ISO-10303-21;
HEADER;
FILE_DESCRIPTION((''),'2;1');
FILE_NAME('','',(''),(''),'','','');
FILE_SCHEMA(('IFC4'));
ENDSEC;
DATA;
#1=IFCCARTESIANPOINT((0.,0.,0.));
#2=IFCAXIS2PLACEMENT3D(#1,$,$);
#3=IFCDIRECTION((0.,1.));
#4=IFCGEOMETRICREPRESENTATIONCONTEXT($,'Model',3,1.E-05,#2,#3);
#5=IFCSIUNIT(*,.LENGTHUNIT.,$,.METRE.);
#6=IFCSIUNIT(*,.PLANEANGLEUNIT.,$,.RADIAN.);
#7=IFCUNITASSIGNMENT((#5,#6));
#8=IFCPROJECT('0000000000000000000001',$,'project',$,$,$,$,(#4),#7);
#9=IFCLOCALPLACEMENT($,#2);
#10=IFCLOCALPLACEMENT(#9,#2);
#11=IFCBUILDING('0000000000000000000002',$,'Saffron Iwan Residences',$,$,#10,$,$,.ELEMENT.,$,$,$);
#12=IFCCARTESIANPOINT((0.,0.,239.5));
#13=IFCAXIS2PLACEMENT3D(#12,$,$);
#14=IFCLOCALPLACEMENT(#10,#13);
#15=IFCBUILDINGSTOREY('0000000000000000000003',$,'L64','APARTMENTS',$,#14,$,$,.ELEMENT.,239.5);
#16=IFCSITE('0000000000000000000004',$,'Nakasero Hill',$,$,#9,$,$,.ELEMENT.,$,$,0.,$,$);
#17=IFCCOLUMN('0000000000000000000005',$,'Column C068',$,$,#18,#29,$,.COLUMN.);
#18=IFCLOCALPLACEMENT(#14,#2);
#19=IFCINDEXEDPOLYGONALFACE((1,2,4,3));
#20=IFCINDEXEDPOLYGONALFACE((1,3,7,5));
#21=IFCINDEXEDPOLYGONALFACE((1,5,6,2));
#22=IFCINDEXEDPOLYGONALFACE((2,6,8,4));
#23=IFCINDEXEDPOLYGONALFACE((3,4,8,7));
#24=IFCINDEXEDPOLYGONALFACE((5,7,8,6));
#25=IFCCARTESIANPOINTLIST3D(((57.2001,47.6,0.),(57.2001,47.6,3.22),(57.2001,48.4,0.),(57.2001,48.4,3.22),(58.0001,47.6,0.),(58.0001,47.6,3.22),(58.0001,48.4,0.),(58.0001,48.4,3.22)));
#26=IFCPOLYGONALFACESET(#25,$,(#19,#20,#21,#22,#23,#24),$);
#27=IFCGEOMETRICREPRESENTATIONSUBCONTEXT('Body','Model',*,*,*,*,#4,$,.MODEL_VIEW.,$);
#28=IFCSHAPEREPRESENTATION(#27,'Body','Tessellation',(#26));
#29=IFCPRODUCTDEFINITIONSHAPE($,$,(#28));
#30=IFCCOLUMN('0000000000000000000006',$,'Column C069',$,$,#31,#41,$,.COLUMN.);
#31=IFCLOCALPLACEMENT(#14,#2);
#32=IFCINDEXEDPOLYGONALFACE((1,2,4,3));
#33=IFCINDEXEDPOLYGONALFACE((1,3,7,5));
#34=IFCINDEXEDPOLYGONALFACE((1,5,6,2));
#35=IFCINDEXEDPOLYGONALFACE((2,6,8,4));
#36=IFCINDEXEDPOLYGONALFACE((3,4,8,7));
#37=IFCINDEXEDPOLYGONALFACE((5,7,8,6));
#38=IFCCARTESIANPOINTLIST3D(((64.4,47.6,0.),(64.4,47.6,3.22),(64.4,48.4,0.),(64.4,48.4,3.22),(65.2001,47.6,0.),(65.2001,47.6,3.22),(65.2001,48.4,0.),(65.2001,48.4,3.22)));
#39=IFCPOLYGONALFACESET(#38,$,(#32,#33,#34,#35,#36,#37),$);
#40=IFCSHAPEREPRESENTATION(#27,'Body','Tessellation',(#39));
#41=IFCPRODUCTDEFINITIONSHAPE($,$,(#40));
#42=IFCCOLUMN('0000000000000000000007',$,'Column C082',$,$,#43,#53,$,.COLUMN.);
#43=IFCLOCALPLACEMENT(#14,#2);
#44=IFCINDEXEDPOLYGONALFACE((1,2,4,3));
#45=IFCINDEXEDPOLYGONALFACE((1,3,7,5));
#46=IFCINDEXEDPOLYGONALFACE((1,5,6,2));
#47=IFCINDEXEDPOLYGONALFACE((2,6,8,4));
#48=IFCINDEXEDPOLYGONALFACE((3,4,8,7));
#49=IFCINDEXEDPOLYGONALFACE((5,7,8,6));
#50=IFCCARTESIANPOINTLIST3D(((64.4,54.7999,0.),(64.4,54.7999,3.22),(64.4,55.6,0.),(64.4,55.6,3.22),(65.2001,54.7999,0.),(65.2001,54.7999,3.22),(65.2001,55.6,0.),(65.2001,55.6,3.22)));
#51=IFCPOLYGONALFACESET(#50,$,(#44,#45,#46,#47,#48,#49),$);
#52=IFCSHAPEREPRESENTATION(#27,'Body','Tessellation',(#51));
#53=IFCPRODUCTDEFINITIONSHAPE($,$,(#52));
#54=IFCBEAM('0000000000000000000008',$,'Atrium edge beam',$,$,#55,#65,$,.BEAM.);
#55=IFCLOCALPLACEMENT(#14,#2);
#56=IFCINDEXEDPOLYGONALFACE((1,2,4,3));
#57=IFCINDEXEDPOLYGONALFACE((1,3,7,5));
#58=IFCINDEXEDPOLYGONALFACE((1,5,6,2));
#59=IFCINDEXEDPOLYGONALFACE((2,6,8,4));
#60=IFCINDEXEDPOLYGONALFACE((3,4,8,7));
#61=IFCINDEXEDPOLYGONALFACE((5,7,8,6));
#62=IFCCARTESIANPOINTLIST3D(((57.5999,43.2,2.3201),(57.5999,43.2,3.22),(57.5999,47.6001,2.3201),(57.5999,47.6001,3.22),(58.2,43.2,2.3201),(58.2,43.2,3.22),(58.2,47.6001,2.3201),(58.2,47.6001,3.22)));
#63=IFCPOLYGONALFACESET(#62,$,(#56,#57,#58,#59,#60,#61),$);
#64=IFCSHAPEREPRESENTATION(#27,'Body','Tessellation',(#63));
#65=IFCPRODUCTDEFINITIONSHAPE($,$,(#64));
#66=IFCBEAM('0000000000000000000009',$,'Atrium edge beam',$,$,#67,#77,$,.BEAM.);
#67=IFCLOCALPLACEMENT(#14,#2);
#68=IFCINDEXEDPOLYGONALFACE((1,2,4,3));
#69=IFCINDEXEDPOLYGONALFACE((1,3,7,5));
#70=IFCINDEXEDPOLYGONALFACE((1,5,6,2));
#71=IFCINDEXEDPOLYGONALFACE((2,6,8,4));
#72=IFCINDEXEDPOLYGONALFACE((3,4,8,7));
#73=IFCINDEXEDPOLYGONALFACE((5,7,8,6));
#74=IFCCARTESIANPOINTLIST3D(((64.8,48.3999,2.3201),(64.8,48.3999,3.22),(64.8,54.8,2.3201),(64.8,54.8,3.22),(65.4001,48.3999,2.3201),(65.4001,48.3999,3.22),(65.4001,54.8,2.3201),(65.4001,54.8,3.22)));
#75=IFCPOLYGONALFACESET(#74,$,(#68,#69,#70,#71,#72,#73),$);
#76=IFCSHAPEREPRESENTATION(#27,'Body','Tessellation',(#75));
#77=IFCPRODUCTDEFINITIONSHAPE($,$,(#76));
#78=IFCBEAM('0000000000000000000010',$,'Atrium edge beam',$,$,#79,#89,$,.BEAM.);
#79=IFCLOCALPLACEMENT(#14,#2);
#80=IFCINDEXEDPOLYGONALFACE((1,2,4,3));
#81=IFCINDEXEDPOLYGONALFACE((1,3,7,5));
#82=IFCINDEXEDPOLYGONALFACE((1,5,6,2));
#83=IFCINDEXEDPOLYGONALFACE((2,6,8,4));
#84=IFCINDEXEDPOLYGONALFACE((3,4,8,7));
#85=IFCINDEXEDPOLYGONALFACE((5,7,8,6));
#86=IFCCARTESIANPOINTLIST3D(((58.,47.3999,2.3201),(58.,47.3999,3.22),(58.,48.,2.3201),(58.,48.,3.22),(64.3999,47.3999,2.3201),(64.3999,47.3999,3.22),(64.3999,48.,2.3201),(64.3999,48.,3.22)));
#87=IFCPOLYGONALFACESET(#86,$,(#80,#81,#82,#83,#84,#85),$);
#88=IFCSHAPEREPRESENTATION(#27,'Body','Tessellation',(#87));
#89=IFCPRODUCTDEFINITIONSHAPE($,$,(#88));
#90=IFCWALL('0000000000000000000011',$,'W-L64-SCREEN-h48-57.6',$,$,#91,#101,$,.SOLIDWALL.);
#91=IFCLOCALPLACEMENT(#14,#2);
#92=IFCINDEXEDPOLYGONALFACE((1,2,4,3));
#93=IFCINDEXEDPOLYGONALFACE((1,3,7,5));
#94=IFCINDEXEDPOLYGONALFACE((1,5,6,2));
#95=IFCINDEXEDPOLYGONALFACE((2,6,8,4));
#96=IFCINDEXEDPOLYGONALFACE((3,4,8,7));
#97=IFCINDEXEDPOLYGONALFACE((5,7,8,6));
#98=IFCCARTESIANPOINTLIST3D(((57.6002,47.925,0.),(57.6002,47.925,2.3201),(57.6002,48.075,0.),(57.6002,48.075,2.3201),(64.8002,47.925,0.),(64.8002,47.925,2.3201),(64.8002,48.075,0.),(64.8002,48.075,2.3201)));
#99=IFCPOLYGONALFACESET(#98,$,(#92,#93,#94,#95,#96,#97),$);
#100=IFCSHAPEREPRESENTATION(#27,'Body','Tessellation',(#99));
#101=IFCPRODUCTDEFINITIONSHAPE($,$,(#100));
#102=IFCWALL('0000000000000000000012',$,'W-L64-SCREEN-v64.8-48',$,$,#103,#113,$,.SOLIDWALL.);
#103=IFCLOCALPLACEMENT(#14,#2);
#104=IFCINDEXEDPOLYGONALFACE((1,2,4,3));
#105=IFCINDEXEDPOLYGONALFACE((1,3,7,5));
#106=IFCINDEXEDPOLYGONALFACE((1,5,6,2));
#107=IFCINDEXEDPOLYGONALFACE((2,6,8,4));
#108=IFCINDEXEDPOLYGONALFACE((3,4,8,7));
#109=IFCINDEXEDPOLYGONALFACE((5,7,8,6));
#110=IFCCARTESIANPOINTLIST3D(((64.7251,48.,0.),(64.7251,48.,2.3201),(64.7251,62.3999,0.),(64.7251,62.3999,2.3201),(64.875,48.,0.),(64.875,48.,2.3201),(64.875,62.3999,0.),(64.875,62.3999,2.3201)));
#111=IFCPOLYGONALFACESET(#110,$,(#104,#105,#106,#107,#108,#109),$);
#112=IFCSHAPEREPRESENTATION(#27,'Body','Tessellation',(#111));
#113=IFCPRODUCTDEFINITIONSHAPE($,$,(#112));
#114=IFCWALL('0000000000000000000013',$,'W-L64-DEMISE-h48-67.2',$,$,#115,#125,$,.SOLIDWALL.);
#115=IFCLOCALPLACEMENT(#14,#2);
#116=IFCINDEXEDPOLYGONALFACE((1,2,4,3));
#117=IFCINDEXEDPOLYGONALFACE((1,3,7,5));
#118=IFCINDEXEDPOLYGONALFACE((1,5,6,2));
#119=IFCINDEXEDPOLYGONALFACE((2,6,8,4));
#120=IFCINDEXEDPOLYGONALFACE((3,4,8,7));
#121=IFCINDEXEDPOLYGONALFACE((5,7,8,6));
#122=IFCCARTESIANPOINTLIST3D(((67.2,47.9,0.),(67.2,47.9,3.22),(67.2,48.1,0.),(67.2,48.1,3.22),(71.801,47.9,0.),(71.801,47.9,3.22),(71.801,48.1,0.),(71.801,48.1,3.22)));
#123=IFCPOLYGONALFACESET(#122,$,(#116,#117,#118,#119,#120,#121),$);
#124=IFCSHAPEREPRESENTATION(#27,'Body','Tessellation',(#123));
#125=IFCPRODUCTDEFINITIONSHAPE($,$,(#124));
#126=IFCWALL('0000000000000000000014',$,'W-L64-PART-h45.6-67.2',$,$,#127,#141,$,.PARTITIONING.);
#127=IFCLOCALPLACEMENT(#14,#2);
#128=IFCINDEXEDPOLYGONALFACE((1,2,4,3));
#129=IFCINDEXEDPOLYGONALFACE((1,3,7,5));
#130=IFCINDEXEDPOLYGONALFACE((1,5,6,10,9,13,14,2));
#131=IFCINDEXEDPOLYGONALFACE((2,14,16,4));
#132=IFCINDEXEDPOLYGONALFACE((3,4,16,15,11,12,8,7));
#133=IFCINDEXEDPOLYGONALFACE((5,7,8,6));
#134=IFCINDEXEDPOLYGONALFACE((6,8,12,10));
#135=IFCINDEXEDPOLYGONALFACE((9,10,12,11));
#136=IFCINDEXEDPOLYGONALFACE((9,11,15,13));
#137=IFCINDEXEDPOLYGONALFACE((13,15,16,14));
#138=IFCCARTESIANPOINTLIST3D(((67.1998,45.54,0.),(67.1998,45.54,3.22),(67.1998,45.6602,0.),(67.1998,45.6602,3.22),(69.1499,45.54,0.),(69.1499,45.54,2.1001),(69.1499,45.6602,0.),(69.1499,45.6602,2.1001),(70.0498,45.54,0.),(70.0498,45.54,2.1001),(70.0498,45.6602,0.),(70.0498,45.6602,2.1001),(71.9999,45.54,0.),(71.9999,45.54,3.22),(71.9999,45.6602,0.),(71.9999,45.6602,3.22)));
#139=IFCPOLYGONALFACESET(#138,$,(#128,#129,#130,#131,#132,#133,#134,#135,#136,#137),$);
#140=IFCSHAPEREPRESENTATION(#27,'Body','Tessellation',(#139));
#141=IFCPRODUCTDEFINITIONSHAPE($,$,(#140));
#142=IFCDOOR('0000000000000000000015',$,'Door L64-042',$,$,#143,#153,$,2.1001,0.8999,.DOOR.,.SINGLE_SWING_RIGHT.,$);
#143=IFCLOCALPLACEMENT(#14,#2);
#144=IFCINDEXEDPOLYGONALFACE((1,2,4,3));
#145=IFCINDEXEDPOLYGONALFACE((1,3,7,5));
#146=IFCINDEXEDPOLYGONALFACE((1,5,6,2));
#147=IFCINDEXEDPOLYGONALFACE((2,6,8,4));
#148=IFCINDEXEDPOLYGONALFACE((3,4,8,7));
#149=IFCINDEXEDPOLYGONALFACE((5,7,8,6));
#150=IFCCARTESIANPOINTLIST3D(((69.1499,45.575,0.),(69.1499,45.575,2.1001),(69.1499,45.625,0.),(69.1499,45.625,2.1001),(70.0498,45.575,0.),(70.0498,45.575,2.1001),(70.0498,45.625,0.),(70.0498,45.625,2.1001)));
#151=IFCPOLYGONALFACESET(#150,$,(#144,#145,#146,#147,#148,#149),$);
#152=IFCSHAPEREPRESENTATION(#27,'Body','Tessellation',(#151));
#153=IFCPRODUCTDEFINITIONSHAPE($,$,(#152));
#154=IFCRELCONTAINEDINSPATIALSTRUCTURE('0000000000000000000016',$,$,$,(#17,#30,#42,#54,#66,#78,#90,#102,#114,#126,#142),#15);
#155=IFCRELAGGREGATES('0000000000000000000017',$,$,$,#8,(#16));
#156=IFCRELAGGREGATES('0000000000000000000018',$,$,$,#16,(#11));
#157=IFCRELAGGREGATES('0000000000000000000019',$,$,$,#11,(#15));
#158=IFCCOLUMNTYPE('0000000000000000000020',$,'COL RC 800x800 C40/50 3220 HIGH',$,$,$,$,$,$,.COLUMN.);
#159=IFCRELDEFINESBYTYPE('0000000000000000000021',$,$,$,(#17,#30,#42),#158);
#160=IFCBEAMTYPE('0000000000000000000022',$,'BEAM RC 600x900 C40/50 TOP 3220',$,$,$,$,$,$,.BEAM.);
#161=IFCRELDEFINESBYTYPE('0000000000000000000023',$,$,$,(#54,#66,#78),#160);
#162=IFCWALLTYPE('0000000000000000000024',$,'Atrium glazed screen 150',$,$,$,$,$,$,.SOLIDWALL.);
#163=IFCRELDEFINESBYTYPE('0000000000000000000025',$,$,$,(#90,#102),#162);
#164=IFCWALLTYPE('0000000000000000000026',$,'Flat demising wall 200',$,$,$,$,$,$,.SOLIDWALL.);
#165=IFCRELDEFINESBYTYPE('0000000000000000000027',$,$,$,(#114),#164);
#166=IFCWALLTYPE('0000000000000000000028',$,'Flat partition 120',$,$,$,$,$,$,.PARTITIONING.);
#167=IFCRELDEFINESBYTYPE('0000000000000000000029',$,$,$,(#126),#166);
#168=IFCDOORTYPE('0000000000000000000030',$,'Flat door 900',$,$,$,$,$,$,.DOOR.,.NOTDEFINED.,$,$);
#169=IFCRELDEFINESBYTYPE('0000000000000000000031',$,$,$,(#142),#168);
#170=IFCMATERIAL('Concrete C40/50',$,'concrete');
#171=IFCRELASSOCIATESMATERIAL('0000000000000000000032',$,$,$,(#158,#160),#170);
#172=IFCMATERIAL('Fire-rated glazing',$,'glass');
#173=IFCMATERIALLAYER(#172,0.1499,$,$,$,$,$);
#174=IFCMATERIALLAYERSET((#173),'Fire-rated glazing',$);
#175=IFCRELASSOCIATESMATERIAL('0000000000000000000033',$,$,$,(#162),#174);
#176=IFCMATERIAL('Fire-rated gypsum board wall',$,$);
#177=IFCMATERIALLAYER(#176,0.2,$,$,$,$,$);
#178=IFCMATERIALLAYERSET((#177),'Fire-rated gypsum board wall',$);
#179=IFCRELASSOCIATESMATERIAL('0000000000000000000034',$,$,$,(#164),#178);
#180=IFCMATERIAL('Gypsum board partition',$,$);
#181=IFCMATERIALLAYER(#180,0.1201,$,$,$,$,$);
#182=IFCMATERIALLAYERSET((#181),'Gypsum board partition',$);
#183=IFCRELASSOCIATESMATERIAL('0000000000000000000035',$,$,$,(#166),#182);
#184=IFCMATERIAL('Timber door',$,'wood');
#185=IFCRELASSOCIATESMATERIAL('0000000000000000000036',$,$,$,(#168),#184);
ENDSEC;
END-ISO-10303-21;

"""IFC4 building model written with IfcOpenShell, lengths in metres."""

from ifc_helpers import new_model, si_unit, direction, frame, frame_2d, origin, origin_2d, place, context, subcontext, project, spatial, rectangle, extrude, source, transform, mapped, material, layer, layer_set, material_profile, profile_set, type_object, element, fill, save


model = new_model("IFC4")

# Units and contexts
model_context = context("Model", 3, precision=1e-05, world=origin(), true_north=direction((0.0, 1.0)))
body_context = subcontext(model_context, "Body", "Model", "MODEL_VIEW")
ifc_project = project(units=[si_unit("LENGTHUNIT", "METRE"), si_unit("PLANEANGLEUNIT", "RADIAN")], contexts=[model_context])

# Site, building, storey
site_placement = place(None, origin())
site = spatial("IfcSite", under=ifc_project, at=site_placement, Name="Nakasero Hill", CompositionType="ELEMENT", RefElevation=0.0)
building_placement = place(site_placement, origin())
building = spatial("IfcBuilding", under=site, at=building_placement, Name="Saffron Iwan Residences", CompositionType="ELEMENT")
storey_placement = place(building_placement, frame((0.0, 0.0, 239.5)))
storey = spatial("IfcBuildingStorey", under=building, at=storey_placement, Name="L64", Description="APARTMENTS", CompositionType="ELEMENT", Elevation=239.5)

# Columns
ifc_material_1 = material(Name="Concrete C40/50", Category="concrete")
ifc_material_profile_1 = material_profile(ifc_material_1, rectangle(XDim=0.8, YDim=0.8, at=origin_2d()), Name="RC 800x800")
ifc_profile_set_1 = profile_set([ifc_material_profile_1], Name="Concrete C40/50")
column_type = type_object("IfcColumnType", Name="COL RC 800x800 C40/50 3220 HIGH", PredefinedType="COLUMN", material=ifc_profile_set_1)
shared_shape_1 = source(origin(), body_context, "Body", "SweptSolid", [
    extrude(rectangle(XDim=0.8, YDim=0.8, at=origin_2d()), origin(), (0.0, 0.0, 1.0), 3.22),
])
for number, where, z_axis, x_axis, name in (
    (1, (57.6001, 48.0, 0.0), (0.0, 0.0, 1.0), (1.0, 0.0, 0.0), "Column C068"),
    (2, (64.8, 48.0, 0.0), (0.0, 0.0, 1.0), (1.0, 0.0, 0.0), "Column C069"),
    (3, (64.8, 55.2, 0.0), (0.0, 0.0, 1.0), (1.0, 0.0, 0.0), "Column C082"),
):
    element("IfcColumn", number, at=place(storey_placement, frame(where, z_axis=z_axis, x_axis=x_axis)), inside=storey, type_object=column_type, Name=name, PredefinedType="COLUMN", context=body_context, shape_type="MappedRepresentation", body=[
        mapped(shared_shape_1, transform((0.0, 0.0, 0.0))),
    ])

# Beams
ifc_material_profile_2 = material_profile(ifc_material_1, rectangle(XDim=0.6001, YDim=0.8999, at=origin_2d()), Name="RC 600x900")
ifc_profile_set_2 = profile_set([ifc_material_profile_2], Name="Concrete C40/50")
beam_type = type_object("IfcBeamType", Name="BEAM RC 600x900 C40/50 TOP 3220", PredefinedType="BEAM", material=ifc_profile_set_2)
shared_shape_2 = source(origin(), body_context, "Body", "SweptSolid", [
    extrude(rectangle(XDim=0.6001, YDim=0.8999, at=origin_2d()), origin(), (0.0, 0.0, 1.0), 4.4001),
])
beam_1_placement = place(storey_placement, frame((57.8999, 47.6001, 2.77), z_axis=(0.0, -1.0, 0.0), x_axis=(1.0, 0.0, 0.0)))
element("IfcBeam", 4, at=beam_1_placement, inside=storey, type_object=beam_type, Name="Atrium edge beam", PredefinedType="BEAM", context=body_context, shape_type="MappedRepresentation", body=[
    mapped(shared_shape_2, transform((0.0, 0.0, 0.0))),
])
shared_shape_3 = source(origin(), body_context, "Body", "SweptSolid", [
    extrude(rectangle(XDim=0.6001, YDim=0.8999, at=origin_2d()), origin(), (0.0, 0.0, 1.0), 6.4001),
])
beam_2_placement = place(storey_placement, frame((65.1001, 54.8, 2.77), z_axis=(0.0, -1.0, 0.0), x_axis=(1.0, 0.0, 0.0)))
element("IfcBeam", 5, at=beam_2_placement, inside=storey, type_object=beam_type, Name="Atrium edge beam", PredefinedType="BEAM", context=body_context, shape_type="MappedRepresentation", body=[
    mapped(shared_shape_3, transform((0.0, 0.0, 0.0))),
])
shared_shape_4 = source(origin(), body_context, "Body", "SweptSolid", [
    extrude(rectangle(XDim=0.6001, YDim=0.8999, at=origin_2d()), origin(), (0.0, 0.0, 1.0), 6.3999),
])
beam_3_placement = place(storey_placement, frame((64.3999, 47.7, 2.77), z_axis=(-1.0, 0.0, 0.0), x_axis=(0.0, -1.0, 0.0)))
element("IfcBeam", 6, at=beam_3_placement, inside=storey, type_object=beam_type, Name="Atrium edge beam", PredefinedType="BEAM", context=body_context, shape_type="MappedRepresentation", body=[
    mapped(shared_shape_4, transform((0.0, 0.0, 0.0))),
])

# Walls
ifc_material_2 = material(Name="Fire-rated glazing", Category="glass")
ifc_layer_1 = layer(ifc_material_2, 0.1499)
ifc_layer_set_1 = layer_set([ifc_layer_1], Name="Fire-rated glazing")
wall_type_1 = type_object("IfcWallType", Name="Atrium glazed screen 150", PredefinedType="SOLIDWALL", material=ifc_layer_set_1)
wall_1_placement = place(storey_placement, frame((57.6001, 48.0, 0.0), z_axis=(0.0, 0.0, 1.0), x_axis=(1.0, 0.0, 0.0)))
element("IfcWall", 7, at=wall_1_placement, inside=storey, type_object=wall_type_1, Name="W-L64-SCREEN-h48-57.6", PredefinedType="SOLIDWALL", context=body_context, shape_type="SweptSolid", body=[
    extrude(rectangle(XDim=7.2, YDim=0.1499, at=frame_2d((3.6001, 0.0))), origin(), (0.0, 0.0, 1.0), 2.3201),
])
wall_2_placement = place(storey_placement, frame((64.8, 48.0, 0.0), z_axis=(0.0, 0.0, 1.0), x_axis=(0.0, 1.0, 0.0)))
element("IfcWall", 8, at=wall_2_placement, inside=storey, type_object=wall_type_1, Name="W-L64-SCREEN-v64.8-48", PredefinedType="SOLIDWALL", context=body_context, shape_type="SweptSolid", body=[
    extrude(rectangle(XDim=14.3999, YDim=0.1499, at=frame_2d((7.2, 0.0))), origin(), (0.0, 0.0, 1.0), 2.3201),
])
ifc_material_3 = material(Name="Fire-rated gypsum board wall")
ifc_layer_2 = layer(ifc_material_3, 0.2)
ifc_layer_set_2 = layer_set([ifc_layer_2], Name="Fire-rated gypsum board wall")
wall_type_2 = type_object("IfcWallType", Name="Flat demising wall 200", PredefinedType="SOLIDWALL", material=ifc_layer_set_2)
wall_3_placement = place(storey_placement, frame((67.2, 48.0, 0.0), z_axis=(0.0, 0.0, 1.0), x_axis=(1.0, 0.0, 0.0)))
element("IfcWall", 9, at=wall_3_placement, inside=storey, type_object=wall_type_2, Name="W-L64-DEMISE-h48-67.2", PredefinedType="SOLIDWALL", context=body_context, shape_type="SweptSolid", body=[
    extrude(rectangle(XDim=4.6011, YDim=0.2, at=frame_2d((2.3005, 0.0))), origin(), (0.0, 0.0, 1.0), 3.22),
])

# Wall, opening, door
ifc_material_4 = material(Name="Gypsum board partition")
ifc_layer_3 = layer(ifc_material_4, 0.1201)
ifc_layer_set_3 = layer_set([ifc_layer_3], Name="Gypsum board partition")
wall_type_3 = type_object("IfcWallType", Name="Flat partition 120", PredefinedType="PARTITIONING", material=ifc_layer_set_3)
wall_4_placement = place(storey_placement, frame((67.2, 45.6001, 0.0), z_axis=(0.0, 0.0, 1.0), x_axis=(1.0, 0.0, 0.0)))
wall_4 = element("IfcWall", 10, at=wall_4_placement, inside=storey, type_object=wall_type_3, Name="W-L64-PART-h45.6-67.2", PredefinedType="PARTITIONING", context=body_context, shape_type="SweptSolid", body=[
    extrude(rectangle(XDim=4.8, YDim=0.1201, at=frame_2d((2.3999, 0.0))), origin(), (0.0, 0.0, 1.0), 3.22),
])
opening_1_placement = place(wall_4_placement, frame((1.95, 0.0, 0.0)))
opening_1 = element("IfcOpeningElement", 11, at=opening_1_placement, cuts=wall_4, PredefinedType="OPENING", context=body_context, shape_type="SweptSolid", body=[
    extrude(rectangle(XDim=0.8999, YDim=2.1001, at=frame_2d((0.45, 1.05))), frame((0.0, 0.0701, 0.0), z_axis=(0.0, -1.0, 0.0), x_axis=(1.0, 0.0, 0.0)), (0.0, 0.0, 1.0), 0.1401),
])
ifc_material_5 = material(Name="Timber door", Category="wood")
door_type_1 = type_object("IfcDoorType", Name="Flat door 900", OperationType="NOTDEFINED", PredefinedType="DOOR", material=ifc_material_5)
door_1_placement = place(opening_1_placement, origin())
door_1 = element("IfcDoor", 12, at=door_1_placement, inside=storey, type_object=door_type_1, Name="Door L64-042", OperationType="SINGLE_SWING_RIGHT", OverallHeight=2.1001, OverallWidth=0.8999, PredefinedType="DOOR", context=body_context, shape_type="SweptSolid", body=[
    extrude(rectangle(XDim=0.8999, YDim=2.1001, at=frame_2d((0.45, 1.05))), frame((0.0, 0.0249, 0.0), z_axis=(0.0, -1.0, 0.0), x_axis=(1.0, 0.0, 0.0)), (0.0, 0.0, 1.0), 0.05),
])
fill(opening_1, door_1)

save(model, "model.ifc")
